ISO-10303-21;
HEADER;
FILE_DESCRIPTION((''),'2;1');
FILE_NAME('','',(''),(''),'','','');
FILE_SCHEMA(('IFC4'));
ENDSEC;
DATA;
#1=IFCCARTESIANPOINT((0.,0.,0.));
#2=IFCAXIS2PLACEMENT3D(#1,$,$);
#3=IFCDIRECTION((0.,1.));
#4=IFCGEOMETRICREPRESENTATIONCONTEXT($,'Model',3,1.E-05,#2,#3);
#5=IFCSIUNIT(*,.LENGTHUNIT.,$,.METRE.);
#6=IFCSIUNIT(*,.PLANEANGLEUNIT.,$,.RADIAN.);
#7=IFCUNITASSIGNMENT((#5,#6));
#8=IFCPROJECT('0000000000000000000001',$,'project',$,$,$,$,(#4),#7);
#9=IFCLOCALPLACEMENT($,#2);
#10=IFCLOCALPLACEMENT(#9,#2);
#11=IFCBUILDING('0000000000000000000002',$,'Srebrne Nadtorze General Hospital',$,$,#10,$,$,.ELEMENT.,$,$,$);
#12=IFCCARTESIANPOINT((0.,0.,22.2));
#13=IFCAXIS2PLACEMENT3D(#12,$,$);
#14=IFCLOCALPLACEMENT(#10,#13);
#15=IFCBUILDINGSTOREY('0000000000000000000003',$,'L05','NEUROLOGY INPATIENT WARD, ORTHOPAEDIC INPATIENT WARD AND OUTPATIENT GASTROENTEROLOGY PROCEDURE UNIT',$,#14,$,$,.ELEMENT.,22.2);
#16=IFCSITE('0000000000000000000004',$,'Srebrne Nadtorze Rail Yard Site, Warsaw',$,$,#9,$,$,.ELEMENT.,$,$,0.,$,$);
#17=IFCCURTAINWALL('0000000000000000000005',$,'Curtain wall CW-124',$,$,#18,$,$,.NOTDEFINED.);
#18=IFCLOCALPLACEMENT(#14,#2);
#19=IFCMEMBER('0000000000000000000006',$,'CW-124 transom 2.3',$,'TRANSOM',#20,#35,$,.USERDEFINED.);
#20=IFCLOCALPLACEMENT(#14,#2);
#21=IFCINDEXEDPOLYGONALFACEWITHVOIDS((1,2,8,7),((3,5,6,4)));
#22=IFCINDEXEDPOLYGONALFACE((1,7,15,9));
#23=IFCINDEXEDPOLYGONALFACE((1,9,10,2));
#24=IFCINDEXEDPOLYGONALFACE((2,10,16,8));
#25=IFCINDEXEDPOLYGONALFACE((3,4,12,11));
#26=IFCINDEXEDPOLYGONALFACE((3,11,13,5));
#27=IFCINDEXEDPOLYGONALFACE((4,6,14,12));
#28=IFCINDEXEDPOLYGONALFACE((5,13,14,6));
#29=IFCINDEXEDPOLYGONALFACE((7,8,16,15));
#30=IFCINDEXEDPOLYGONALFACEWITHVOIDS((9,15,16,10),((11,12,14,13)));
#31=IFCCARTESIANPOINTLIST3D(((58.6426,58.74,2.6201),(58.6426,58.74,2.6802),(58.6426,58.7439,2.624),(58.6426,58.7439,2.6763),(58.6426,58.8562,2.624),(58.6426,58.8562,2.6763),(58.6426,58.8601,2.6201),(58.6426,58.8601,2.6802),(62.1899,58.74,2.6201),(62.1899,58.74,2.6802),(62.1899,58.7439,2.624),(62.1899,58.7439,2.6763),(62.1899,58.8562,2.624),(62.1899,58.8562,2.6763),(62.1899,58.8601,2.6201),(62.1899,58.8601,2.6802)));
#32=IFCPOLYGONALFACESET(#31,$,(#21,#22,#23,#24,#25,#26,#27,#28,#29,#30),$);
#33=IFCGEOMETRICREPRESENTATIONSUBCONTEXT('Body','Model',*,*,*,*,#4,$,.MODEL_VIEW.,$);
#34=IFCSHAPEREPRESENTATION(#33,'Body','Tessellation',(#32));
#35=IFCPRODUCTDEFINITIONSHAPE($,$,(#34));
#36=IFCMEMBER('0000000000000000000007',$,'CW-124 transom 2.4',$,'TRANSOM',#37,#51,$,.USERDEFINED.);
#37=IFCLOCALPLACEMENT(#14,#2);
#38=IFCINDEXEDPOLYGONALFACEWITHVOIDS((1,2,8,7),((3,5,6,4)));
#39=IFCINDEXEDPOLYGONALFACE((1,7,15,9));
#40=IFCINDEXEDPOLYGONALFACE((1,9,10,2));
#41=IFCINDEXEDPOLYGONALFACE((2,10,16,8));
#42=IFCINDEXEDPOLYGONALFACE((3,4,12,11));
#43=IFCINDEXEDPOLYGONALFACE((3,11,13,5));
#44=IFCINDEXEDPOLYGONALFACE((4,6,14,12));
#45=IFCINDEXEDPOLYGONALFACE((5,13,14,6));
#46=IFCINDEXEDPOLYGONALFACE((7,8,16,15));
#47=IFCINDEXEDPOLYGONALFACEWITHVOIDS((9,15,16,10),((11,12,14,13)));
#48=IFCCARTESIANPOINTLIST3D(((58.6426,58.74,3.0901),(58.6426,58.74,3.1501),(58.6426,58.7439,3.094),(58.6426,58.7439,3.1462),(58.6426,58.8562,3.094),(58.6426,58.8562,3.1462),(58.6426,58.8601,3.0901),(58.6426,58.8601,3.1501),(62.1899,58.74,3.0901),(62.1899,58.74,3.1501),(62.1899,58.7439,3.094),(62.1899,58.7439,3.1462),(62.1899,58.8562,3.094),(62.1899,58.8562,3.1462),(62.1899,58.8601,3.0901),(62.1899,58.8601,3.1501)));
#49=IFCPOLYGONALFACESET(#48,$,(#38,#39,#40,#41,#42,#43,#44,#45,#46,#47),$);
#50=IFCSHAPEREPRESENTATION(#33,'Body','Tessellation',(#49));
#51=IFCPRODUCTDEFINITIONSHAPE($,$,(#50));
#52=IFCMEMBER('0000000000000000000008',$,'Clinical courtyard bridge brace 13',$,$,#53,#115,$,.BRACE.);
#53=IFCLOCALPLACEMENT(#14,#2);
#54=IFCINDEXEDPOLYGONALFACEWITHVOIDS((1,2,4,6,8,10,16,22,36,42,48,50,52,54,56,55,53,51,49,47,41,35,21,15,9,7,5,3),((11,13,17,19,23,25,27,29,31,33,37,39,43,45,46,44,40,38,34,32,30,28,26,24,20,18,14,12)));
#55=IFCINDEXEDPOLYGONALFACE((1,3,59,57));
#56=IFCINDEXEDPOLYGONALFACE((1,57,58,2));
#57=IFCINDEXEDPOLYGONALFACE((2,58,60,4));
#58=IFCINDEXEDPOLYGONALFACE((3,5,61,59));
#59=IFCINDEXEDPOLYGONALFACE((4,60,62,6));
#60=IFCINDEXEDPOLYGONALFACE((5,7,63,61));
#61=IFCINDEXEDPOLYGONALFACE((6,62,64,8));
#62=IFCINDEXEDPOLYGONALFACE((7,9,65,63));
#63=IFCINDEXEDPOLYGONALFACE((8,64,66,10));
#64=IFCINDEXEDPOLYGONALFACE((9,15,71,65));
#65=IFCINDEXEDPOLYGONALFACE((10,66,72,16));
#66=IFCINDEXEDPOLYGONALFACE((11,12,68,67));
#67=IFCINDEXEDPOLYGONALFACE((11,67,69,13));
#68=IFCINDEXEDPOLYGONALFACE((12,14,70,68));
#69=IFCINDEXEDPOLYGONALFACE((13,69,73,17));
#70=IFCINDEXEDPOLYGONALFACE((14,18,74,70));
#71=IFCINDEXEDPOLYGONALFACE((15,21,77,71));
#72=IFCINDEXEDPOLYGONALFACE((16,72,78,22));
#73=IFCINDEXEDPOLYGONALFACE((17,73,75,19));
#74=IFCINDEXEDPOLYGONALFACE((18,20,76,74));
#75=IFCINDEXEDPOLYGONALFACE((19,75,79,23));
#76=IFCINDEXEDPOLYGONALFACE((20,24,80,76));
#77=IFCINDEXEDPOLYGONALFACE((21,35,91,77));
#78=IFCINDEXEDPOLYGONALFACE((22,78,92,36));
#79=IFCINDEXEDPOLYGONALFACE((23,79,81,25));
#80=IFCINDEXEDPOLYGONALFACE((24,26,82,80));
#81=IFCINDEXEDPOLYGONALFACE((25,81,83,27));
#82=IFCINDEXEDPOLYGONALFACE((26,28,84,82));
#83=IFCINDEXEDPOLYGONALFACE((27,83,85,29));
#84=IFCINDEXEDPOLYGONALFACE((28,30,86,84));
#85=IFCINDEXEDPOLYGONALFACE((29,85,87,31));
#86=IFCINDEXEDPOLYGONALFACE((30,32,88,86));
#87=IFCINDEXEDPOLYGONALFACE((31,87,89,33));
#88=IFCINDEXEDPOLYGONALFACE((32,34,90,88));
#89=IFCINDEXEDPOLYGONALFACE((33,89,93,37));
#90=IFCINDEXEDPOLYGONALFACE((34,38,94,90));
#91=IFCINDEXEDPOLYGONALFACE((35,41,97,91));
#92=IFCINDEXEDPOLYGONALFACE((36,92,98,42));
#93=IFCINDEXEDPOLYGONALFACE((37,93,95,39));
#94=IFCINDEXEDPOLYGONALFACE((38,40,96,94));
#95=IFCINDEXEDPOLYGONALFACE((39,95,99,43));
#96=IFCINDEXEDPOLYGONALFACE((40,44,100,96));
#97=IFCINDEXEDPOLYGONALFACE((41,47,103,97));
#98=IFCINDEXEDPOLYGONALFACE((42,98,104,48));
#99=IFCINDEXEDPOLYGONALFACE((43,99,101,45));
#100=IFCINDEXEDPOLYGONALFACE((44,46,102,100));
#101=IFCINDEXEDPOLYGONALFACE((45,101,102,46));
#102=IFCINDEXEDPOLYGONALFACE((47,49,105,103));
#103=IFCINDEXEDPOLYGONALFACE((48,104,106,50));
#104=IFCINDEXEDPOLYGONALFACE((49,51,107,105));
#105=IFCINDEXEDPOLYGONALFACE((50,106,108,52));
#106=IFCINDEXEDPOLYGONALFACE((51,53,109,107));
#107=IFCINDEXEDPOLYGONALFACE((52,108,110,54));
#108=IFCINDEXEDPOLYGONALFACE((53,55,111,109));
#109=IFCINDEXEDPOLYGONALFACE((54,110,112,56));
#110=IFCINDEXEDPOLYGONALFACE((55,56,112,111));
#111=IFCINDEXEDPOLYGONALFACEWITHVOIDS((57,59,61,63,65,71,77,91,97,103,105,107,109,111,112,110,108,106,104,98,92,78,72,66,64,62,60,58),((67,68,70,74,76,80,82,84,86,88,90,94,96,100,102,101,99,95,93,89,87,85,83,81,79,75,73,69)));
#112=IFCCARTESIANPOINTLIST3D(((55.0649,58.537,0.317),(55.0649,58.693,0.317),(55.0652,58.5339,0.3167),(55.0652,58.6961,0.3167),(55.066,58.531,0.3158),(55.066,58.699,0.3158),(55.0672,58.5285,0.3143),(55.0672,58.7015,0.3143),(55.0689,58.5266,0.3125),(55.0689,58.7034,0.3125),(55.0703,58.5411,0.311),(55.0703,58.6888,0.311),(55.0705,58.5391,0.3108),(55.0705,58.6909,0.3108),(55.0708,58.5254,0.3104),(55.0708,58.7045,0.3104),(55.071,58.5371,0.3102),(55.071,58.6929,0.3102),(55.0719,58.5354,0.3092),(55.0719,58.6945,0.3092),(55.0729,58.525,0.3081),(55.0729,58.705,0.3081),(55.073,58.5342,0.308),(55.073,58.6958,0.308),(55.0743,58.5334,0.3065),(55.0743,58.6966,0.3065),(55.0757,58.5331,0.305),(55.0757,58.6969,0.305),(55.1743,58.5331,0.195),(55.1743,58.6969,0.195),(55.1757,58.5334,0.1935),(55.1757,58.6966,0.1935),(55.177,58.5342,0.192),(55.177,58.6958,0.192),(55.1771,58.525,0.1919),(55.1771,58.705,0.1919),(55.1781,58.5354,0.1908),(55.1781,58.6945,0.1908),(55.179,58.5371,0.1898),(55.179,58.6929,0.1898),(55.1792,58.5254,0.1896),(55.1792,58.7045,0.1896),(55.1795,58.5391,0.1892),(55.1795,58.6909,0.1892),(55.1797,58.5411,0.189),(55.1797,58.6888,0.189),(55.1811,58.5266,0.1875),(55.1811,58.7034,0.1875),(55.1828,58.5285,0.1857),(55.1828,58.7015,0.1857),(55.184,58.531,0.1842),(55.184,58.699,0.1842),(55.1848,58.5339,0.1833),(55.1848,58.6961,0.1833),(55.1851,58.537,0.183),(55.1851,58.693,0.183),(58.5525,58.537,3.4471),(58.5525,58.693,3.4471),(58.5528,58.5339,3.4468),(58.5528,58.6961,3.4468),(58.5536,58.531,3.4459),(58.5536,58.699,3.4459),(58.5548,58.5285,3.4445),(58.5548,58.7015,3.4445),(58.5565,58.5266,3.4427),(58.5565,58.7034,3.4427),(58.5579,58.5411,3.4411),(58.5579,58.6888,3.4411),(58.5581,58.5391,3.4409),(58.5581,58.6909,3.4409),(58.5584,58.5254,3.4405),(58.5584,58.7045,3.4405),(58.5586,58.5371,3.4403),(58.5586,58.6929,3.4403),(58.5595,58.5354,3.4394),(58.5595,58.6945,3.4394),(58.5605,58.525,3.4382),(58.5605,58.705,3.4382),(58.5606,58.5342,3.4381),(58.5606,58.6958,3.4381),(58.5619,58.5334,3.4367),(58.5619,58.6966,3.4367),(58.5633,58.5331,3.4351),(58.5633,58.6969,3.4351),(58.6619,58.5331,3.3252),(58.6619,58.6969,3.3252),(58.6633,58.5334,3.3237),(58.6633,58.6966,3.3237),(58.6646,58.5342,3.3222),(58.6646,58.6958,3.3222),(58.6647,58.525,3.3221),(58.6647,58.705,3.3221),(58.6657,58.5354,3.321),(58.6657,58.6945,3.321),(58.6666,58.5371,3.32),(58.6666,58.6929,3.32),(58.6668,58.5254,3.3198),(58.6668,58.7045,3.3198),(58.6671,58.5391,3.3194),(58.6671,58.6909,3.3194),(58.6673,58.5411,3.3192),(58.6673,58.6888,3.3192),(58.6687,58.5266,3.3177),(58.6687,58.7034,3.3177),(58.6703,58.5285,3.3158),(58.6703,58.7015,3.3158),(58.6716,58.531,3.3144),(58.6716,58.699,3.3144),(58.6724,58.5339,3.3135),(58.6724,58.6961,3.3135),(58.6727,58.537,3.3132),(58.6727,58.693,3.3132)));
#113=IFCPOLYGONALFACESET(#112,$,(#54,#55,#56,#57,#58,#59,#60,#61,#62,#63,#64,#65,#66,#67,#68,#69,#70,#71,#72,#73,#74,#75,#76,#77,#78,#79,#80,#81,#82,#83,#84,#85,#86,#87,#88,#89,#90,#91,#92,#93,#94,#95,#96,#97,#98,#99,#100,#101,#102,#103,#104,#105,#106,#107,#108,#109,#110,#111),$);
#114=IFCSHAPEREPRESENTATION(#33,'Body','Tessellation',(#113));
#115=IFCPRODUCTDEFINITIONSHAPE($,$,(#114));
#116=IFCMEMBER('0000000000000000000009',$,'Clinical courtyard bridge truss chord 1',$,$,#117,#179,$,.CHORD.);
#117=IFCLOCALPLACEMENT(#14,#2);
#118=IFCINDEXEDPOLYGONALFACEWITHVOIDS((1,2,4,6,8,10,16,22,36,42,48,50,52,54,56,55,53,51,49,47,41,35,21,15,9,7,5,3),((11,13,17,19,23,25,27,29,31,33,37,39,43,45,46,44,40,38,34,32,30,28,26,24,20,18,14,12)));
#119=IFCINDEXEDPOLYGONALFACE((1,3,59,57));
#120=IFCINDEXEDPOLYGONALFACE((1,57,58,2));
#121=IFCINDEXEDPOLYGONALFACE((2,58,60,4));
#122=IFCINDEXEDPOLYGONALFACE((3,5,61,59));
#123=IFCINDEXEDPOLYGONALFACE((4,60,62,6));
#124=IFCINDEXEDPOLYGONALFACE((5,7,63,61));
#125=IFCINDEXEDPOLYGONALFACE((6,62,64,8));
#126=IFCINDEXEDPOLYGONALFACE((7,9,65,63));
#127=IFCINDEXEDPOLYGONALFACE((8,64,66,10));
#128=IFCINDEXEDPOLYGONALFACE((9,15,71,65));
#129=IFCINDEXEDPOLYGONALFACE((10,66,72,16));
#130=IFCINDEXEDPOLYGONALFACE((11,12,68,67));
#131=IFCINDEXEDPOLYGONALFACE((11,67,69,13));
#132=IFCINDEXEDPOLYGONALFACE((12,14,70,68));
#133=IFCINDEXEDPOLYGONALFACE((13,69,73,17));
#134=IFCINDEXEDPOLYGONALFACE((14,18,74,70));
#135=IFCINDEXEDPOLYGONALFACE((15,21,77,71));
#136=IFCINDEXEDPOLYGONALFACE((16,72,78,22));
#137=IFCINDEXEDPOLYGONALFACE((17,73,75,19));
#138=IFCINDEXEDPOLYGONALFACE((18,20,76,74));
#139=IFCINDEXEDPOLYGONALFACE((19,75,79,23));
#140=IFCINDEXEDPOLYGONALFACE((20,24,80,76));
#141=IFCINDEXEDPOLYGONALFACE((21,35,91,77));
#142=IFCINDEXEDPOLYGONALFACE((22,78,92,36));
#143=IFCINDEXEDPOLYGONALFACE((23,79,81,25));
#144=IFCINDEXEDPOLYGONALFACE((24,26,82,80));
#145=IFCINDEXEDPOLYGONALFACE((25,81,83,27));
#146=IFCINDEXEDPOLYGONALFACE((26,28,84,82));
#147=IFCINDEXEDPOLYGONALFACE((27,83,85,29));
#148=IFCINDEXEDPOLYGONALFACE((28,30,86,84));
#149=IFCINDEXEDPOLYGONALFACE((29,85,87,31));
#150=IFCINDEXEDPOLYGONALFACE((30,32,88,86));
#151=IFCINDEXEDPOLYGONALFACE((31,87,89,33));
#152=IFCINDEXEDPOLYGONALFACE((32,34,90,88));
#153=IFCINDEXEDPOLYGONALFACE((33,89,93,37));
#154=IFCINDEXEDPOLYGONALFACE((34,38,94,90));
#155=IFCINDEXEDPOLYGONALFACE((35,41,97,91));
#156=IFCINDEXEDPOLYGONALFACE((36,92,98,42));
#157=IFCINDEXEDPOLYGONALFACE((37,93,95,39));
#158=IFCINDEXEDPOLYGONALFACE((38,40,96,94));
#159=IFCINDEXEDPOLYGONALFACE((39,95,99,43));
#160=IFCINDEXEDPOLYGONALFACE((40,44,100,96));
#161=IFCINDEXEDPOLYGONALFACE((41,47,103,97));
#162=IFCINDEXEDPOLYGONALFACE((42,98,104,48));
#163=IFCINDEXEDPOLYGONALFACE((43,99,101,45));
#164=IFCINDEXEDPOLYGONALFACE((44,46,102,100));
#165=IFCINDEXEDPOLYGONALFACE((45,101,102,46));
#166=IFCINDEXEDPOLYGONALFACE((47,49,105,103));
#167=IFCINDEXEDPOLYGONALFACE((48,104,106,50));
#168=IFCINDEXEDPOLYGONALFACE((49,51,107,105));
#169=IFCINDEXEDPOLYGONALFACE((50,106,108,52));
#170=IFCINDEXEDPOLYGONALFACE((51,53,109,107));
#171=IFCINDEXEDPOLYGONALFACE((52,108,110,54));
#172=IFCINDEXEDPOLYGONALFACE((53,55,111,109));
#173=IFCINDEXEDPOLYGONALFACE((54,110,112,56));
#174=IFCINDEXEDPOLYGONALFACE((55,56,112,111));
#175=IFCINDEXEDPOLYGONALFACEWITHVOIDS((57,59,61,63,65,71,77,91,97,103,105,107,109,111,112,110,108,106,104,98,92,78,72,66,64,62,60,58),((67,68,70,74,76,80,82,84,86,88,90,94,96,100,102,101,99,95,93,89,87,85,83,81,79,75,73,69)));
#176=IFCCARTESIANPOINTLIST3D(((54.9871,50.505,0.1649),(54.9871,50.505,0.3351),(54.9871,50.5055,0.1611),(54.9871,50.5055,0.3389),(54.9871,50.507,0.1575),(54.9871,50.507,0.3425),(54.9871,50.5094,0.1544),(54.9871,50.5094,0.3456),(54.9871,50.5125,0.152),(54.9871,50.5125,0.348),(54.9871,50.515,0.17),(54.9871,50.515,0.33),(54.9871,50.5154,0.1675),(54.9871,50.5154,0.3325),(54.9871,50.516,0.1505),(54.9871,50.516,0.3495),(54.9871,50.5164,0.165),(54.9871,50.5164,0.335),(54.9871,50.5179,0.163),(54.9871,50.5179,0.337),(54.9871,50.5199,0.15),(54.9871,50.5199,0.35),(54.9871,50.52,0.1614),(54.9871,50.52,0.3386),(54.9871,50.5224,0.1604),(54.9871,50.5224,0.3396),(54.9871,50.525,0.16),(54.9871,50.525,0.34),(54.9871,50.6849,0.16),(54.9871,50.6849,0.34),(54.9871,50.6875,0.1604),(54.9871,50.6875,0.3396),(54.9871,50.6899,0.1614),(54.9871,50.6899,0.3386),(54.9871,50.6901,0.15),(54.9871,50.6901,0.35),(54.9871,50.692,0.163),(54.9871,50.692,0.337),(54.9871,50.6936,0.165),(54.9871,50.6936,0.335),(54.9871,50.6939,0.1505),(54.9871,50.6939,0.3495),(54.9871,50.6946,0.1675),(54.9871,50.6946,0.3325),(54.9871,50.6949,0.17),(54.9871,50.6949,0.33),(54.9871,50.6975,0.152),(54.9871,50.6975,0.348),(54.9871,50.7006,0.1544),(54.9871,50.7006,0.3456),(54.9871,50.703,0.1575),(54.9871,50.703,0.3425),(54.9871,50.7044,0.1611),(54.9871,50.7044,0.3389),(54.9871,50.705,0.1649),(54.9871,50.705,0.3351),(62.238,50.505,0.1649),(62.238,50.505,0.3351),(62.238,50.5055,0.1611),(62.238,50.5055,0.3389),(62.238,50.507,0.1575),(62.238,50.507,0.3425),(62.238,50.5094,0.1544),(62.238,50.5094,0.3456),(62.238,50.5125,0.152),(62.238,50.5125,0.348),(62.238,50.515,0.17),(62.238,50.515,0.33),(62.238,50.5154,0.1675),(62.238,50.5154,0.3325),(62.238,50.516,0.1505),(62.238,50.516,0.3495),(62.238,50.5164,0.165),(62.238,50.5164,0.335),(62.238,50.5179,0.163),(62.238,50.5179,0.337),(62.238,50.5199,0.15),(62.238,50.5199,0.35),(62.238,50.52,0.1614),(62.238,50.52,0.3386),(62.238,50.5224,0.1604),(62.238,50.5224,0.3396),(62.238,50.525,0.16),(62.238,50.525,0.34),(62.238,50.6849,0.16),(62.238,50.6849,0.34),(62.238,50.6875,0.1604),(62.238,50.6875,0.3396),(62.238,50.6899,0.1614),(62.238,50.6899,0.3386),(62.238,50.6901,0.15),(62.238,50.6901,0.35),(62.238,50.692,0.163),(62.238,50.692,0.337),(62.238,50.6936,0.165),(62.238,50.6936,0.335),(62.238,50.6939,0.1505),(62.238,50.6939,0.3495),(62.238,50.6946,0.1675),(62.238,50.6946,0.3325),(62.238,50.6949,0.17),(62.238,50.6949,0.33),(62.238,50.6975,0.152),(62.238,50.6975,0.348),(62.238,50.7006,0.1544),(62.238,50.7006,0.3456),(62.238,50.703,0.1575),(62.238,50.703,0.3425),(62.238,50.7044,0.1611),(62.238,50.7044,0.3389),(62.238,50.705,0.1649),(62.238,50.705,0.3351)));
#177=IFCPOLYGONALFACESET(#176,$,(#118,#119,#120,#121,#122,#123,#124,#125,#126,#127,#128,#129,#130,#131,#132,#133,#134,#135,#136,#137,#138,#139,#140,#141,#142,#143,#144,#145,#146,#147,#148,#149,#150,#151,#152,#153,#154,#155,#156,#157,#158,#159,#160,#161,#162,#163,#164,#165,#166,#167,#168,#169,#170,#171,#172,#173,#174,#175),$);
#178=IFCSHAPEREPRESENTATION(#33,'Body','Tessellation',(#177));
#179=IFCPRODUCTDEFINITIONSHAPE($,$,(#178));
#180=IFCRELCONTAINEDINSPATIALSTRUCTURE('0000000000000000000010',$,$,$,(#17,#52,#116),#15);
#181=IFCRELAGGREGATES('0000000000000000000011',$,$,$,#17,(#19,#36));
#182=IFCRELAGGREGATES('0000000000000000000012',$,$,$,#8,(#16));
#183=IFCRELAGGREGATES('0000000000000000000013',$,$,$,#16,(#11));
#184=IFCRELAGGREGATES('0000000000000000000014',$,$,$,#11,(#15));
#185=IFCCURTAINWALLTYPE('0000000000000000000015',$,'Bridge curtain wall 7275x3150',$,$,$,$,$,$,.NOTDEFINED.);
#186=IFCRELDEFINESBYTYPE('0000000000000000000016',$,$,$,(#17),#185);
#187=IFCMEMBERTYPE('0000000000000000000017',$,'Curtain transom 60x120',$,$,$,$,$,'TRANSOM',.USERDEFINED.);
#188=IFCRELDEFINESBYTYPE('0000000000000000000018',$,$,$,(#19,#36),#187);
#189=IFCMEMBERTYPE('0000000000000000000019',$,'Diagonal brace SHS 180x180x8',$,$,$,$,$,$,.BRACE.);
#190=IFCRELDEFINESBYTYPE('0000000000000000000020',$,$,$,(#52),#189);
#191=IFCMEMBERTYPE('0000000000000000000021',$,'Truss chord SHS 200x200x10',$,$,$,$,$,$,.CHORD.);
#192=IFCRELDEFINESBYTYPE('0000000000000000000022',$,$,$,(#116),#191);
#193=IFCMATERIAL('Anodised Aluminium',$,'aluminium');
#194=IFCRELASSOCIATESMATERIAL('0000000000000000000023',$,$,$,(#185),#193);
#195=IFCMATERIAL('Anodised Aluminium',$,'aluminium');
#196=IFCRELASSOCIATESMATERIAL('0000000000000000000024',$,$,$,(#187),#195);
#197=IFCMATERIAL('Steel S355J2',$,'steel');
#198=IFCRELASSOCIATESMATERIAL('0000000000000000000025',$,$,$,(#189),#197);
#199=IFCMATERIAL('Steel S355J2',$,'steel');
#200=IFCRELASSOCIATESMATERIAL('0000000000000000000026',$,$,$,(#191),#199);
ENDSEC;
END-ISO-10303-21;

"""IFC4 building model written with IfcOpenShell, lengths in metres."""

from ifc_helpers import new_model, si_unit, direction, frame, origin, origin_2d, place, context, subcontext, project, spatial, hollow_rectangle, extrude, material, material_profile, profile_set, type_object, element, aggregate, save


model = new_model("IFC4")

# Units and contexts
model_context = context("Model", 3, precision=1e-05, world=origin(), true_north=direction((0.0, 1.0)))
body_context = subcontext(model_context, "Body", "Model", "MODEL_VIEW")
ifc_project = project(units=[si_unit("LENGTHUNIT", "METRE"), si_unit("PLANEANGLEUNIT", "RADIAN")], contexts=[model_context])

# Site, building, storey
site_placement = place(None, origin())
site = spatial("IfcSite", under=ifc_project, at=site_placement, Name="Srebrne Nadtorze Rail Yard Site, Warsaw", CompositionType="ELEMENT", RefElevation=0.0)
building_placement = place(site_placement, origin())
building = spatial("IfcBuilding", under=site, at=building_placement, Name="Srebrne Nadtorze General Hospital", CompositionType="ELEMENT")
storey_placement = place(building_placement, frame((0.0, 0.0, 22.2)))
storey = spatial("IfcBuildingStorey", under=building, at=storey_placement, Name="L05", Description="NEUROLOGY INPATIENT WARD, ORTHOPAEDIC INPATIENT WARD AND OUTPATIENT GASTROENTEROLOGY PROCEDURE UNIT", CompositionType="ELEMENT", Elevation=22.2)

# Curtain wall, members
ifc_material_1 = material(Name="Anodised Aluminium", Category="aluminium")
curtain_wall_type = type_object("IfcCurtainWallType", Name="Bridge curtain wall 7275x3150", PredefinedType="NOTDEFINED", material=ifc_material_1)
curtain_wall_placement = place(storey_placement, origin())
curtain_wall = element("IfcCurtainWall", 1, at=curtain_wall_placement, inside=storey, type_object=curtain_wall_type, Name="Curtain wall CW-124", PredefinedType="NOTDEFINED")
ifc_material_2 = material(Name="Anodised Aluminium", Category="aluminium")
ifc_material_profile_1 = material_profile(ifc_material_2, hollow_rectangle(XDim=0.0601, YDim=0.1201, WallThickness=0.0039, at=origin_2d()), Name="AL-TRN-60x120")
ifc_profile_set_1 = profile_set([ifc_material_profile_1], Name="Anodised Aluminium")
member_type_1 = type_object("IfcMemberType", Name="Curtain transom 60x120", ElementType="TRANSOM", PredefinedType="USERDEFINED", material=ifc_profile_set_1)
member_1_placement = place(storey_placement, frame((58.6426, 58.8, 2.6501), z_axis=(1.0, 0.0, 0.0), x_axis=(0.0, 0.0, 1.0)))
member_1 = element("IfcMember", 2, at=member_1_placement, type_object=member_type_1, Name="CW-124 transom 2.3", ObjectType="TRANSOM", PredefinedType="USERDEFINED", context=body_context, shape_type="SweptSolid", body=[
    extrude(hollow_rectangle(XDim=0.0601, YDim=0.1201, WallThickness=0.0039, at=origin_2d()), origin(), (0.0, 0.0, 1.0), 3.5474),
])
member_2_placement = place(storey_placement, frame((58.6426, 58.8, 3.1201), z_axis=(1.0, 0.0, 0.0), x_axis=(0.0, 0.0, 1.0)))
member_2 = element("IfcMember", 3, at=member_2_placement, type_object=member_type_1, Name="CW-124 transom 2.4", ObjectType="TRANSOM", PredefinedType="USERDEFINED", context=body_context, shape_type="SweptSolid", body=[
    extrude(hollow_rectangle(XDim=0.0601, YDim=0.1201, WallThickness=0.0039, at=origin_2d()), origin(), (0.0, 0.0, 1.0), 3.5474),
])

# Members
ifc_material_3 = material(Name="Steel S355J2", Category="steel")
ifc_material_profile_2 = material_profile(ifc_material_3, hollow_rectangle(XDim=0.1799, YDim=0.1799, WallThickness=0.0081, InnerFilletRadius=0.0081, OuterFilletRadius=0.012, at=origin_2d()), Name="SHS-180x180x8")
ifc_profile_set_2 = profile_set([ifc_material_profile_2], Name="Steel S355J2")
member_type_2 = type_object("IfcMemberType", Name="Diagonal brace SHS 180x180x8", PredefinedType="BRACE", material=ifc_profile_set_2)
member_3_placement = place(storey_placement, frame((55.125, 58.615, 0.25), z_axis=(0.744213, 0.0, 0.667942), x_axis=(0.0, 1.0, 0.0)))
element("IfcMember", 4, at=member_3_placement, inside=storey, type_object=member_type_2, Name="Clinical courtyard bridge brace 13", PredefinedType="BRACE", context=body_context, shape_type="SweptSolid", body=[
    extrude(hollow_rectangle(XDim=0.1799, YDim=0.1799, WallThickness=0.0081, InnerFilletRadius=0.0081, OuterFilletRadius=0.012, at=origin_2d()), origin(), (0.0, 0.0, 1.0), 4.6863),
])
ifc_material_4 = material(Name="Steel S355J2", Category="steel")
ifc_material_profile_3 = material_profile(ifc_material_4, hollow_rectangle(XDim=0.2, YDim=0.2, WallThickness=0.01, InnerFilletRadius=0.01, OuterFilletRadius=0.0149, at=origin_2d()), Name="SHS-200x200x10")
ifc_profile_set_3 = profile_set([ifc_material_profile_3], Name="Steel S355J2")
member_type_3 = type_object("IfcMemberType", Name="Truss chord SHS 200x200x10", PredefinedType="CHORD", material=ifc_profile_set_3)
for number, where, z_axis, x_axis, name in (
    (5, (54.9871, 50.605, 0.25), (1.0, 0.0, 0.0), (0.0, 1.0, 0.0), "Clinical courtyard bridge truss chord 1"),
):
    element("IfcMember", number, at=place(storey_placement, frame(where, z_axis=z_axis, x_axis=x_axis)), inside=storey, type_object=member_type_3, Name=name, PredefinedType="CHORD", context=body_context, shape_type="SweptSolid", body=[
        extrude(hollow_rectangle(XDim=0.2, YDim=0.2, WallThickness=0.01, InnerFilletRadius=0.01, OuterFilletRadius=0.0149, at=origin_2d()), origin(), (0.0, 0.0, 1.0), 7.251),
    ])

aggregate(curtain_wall, [member_1, member_2])

save(model, "model.ifc")
